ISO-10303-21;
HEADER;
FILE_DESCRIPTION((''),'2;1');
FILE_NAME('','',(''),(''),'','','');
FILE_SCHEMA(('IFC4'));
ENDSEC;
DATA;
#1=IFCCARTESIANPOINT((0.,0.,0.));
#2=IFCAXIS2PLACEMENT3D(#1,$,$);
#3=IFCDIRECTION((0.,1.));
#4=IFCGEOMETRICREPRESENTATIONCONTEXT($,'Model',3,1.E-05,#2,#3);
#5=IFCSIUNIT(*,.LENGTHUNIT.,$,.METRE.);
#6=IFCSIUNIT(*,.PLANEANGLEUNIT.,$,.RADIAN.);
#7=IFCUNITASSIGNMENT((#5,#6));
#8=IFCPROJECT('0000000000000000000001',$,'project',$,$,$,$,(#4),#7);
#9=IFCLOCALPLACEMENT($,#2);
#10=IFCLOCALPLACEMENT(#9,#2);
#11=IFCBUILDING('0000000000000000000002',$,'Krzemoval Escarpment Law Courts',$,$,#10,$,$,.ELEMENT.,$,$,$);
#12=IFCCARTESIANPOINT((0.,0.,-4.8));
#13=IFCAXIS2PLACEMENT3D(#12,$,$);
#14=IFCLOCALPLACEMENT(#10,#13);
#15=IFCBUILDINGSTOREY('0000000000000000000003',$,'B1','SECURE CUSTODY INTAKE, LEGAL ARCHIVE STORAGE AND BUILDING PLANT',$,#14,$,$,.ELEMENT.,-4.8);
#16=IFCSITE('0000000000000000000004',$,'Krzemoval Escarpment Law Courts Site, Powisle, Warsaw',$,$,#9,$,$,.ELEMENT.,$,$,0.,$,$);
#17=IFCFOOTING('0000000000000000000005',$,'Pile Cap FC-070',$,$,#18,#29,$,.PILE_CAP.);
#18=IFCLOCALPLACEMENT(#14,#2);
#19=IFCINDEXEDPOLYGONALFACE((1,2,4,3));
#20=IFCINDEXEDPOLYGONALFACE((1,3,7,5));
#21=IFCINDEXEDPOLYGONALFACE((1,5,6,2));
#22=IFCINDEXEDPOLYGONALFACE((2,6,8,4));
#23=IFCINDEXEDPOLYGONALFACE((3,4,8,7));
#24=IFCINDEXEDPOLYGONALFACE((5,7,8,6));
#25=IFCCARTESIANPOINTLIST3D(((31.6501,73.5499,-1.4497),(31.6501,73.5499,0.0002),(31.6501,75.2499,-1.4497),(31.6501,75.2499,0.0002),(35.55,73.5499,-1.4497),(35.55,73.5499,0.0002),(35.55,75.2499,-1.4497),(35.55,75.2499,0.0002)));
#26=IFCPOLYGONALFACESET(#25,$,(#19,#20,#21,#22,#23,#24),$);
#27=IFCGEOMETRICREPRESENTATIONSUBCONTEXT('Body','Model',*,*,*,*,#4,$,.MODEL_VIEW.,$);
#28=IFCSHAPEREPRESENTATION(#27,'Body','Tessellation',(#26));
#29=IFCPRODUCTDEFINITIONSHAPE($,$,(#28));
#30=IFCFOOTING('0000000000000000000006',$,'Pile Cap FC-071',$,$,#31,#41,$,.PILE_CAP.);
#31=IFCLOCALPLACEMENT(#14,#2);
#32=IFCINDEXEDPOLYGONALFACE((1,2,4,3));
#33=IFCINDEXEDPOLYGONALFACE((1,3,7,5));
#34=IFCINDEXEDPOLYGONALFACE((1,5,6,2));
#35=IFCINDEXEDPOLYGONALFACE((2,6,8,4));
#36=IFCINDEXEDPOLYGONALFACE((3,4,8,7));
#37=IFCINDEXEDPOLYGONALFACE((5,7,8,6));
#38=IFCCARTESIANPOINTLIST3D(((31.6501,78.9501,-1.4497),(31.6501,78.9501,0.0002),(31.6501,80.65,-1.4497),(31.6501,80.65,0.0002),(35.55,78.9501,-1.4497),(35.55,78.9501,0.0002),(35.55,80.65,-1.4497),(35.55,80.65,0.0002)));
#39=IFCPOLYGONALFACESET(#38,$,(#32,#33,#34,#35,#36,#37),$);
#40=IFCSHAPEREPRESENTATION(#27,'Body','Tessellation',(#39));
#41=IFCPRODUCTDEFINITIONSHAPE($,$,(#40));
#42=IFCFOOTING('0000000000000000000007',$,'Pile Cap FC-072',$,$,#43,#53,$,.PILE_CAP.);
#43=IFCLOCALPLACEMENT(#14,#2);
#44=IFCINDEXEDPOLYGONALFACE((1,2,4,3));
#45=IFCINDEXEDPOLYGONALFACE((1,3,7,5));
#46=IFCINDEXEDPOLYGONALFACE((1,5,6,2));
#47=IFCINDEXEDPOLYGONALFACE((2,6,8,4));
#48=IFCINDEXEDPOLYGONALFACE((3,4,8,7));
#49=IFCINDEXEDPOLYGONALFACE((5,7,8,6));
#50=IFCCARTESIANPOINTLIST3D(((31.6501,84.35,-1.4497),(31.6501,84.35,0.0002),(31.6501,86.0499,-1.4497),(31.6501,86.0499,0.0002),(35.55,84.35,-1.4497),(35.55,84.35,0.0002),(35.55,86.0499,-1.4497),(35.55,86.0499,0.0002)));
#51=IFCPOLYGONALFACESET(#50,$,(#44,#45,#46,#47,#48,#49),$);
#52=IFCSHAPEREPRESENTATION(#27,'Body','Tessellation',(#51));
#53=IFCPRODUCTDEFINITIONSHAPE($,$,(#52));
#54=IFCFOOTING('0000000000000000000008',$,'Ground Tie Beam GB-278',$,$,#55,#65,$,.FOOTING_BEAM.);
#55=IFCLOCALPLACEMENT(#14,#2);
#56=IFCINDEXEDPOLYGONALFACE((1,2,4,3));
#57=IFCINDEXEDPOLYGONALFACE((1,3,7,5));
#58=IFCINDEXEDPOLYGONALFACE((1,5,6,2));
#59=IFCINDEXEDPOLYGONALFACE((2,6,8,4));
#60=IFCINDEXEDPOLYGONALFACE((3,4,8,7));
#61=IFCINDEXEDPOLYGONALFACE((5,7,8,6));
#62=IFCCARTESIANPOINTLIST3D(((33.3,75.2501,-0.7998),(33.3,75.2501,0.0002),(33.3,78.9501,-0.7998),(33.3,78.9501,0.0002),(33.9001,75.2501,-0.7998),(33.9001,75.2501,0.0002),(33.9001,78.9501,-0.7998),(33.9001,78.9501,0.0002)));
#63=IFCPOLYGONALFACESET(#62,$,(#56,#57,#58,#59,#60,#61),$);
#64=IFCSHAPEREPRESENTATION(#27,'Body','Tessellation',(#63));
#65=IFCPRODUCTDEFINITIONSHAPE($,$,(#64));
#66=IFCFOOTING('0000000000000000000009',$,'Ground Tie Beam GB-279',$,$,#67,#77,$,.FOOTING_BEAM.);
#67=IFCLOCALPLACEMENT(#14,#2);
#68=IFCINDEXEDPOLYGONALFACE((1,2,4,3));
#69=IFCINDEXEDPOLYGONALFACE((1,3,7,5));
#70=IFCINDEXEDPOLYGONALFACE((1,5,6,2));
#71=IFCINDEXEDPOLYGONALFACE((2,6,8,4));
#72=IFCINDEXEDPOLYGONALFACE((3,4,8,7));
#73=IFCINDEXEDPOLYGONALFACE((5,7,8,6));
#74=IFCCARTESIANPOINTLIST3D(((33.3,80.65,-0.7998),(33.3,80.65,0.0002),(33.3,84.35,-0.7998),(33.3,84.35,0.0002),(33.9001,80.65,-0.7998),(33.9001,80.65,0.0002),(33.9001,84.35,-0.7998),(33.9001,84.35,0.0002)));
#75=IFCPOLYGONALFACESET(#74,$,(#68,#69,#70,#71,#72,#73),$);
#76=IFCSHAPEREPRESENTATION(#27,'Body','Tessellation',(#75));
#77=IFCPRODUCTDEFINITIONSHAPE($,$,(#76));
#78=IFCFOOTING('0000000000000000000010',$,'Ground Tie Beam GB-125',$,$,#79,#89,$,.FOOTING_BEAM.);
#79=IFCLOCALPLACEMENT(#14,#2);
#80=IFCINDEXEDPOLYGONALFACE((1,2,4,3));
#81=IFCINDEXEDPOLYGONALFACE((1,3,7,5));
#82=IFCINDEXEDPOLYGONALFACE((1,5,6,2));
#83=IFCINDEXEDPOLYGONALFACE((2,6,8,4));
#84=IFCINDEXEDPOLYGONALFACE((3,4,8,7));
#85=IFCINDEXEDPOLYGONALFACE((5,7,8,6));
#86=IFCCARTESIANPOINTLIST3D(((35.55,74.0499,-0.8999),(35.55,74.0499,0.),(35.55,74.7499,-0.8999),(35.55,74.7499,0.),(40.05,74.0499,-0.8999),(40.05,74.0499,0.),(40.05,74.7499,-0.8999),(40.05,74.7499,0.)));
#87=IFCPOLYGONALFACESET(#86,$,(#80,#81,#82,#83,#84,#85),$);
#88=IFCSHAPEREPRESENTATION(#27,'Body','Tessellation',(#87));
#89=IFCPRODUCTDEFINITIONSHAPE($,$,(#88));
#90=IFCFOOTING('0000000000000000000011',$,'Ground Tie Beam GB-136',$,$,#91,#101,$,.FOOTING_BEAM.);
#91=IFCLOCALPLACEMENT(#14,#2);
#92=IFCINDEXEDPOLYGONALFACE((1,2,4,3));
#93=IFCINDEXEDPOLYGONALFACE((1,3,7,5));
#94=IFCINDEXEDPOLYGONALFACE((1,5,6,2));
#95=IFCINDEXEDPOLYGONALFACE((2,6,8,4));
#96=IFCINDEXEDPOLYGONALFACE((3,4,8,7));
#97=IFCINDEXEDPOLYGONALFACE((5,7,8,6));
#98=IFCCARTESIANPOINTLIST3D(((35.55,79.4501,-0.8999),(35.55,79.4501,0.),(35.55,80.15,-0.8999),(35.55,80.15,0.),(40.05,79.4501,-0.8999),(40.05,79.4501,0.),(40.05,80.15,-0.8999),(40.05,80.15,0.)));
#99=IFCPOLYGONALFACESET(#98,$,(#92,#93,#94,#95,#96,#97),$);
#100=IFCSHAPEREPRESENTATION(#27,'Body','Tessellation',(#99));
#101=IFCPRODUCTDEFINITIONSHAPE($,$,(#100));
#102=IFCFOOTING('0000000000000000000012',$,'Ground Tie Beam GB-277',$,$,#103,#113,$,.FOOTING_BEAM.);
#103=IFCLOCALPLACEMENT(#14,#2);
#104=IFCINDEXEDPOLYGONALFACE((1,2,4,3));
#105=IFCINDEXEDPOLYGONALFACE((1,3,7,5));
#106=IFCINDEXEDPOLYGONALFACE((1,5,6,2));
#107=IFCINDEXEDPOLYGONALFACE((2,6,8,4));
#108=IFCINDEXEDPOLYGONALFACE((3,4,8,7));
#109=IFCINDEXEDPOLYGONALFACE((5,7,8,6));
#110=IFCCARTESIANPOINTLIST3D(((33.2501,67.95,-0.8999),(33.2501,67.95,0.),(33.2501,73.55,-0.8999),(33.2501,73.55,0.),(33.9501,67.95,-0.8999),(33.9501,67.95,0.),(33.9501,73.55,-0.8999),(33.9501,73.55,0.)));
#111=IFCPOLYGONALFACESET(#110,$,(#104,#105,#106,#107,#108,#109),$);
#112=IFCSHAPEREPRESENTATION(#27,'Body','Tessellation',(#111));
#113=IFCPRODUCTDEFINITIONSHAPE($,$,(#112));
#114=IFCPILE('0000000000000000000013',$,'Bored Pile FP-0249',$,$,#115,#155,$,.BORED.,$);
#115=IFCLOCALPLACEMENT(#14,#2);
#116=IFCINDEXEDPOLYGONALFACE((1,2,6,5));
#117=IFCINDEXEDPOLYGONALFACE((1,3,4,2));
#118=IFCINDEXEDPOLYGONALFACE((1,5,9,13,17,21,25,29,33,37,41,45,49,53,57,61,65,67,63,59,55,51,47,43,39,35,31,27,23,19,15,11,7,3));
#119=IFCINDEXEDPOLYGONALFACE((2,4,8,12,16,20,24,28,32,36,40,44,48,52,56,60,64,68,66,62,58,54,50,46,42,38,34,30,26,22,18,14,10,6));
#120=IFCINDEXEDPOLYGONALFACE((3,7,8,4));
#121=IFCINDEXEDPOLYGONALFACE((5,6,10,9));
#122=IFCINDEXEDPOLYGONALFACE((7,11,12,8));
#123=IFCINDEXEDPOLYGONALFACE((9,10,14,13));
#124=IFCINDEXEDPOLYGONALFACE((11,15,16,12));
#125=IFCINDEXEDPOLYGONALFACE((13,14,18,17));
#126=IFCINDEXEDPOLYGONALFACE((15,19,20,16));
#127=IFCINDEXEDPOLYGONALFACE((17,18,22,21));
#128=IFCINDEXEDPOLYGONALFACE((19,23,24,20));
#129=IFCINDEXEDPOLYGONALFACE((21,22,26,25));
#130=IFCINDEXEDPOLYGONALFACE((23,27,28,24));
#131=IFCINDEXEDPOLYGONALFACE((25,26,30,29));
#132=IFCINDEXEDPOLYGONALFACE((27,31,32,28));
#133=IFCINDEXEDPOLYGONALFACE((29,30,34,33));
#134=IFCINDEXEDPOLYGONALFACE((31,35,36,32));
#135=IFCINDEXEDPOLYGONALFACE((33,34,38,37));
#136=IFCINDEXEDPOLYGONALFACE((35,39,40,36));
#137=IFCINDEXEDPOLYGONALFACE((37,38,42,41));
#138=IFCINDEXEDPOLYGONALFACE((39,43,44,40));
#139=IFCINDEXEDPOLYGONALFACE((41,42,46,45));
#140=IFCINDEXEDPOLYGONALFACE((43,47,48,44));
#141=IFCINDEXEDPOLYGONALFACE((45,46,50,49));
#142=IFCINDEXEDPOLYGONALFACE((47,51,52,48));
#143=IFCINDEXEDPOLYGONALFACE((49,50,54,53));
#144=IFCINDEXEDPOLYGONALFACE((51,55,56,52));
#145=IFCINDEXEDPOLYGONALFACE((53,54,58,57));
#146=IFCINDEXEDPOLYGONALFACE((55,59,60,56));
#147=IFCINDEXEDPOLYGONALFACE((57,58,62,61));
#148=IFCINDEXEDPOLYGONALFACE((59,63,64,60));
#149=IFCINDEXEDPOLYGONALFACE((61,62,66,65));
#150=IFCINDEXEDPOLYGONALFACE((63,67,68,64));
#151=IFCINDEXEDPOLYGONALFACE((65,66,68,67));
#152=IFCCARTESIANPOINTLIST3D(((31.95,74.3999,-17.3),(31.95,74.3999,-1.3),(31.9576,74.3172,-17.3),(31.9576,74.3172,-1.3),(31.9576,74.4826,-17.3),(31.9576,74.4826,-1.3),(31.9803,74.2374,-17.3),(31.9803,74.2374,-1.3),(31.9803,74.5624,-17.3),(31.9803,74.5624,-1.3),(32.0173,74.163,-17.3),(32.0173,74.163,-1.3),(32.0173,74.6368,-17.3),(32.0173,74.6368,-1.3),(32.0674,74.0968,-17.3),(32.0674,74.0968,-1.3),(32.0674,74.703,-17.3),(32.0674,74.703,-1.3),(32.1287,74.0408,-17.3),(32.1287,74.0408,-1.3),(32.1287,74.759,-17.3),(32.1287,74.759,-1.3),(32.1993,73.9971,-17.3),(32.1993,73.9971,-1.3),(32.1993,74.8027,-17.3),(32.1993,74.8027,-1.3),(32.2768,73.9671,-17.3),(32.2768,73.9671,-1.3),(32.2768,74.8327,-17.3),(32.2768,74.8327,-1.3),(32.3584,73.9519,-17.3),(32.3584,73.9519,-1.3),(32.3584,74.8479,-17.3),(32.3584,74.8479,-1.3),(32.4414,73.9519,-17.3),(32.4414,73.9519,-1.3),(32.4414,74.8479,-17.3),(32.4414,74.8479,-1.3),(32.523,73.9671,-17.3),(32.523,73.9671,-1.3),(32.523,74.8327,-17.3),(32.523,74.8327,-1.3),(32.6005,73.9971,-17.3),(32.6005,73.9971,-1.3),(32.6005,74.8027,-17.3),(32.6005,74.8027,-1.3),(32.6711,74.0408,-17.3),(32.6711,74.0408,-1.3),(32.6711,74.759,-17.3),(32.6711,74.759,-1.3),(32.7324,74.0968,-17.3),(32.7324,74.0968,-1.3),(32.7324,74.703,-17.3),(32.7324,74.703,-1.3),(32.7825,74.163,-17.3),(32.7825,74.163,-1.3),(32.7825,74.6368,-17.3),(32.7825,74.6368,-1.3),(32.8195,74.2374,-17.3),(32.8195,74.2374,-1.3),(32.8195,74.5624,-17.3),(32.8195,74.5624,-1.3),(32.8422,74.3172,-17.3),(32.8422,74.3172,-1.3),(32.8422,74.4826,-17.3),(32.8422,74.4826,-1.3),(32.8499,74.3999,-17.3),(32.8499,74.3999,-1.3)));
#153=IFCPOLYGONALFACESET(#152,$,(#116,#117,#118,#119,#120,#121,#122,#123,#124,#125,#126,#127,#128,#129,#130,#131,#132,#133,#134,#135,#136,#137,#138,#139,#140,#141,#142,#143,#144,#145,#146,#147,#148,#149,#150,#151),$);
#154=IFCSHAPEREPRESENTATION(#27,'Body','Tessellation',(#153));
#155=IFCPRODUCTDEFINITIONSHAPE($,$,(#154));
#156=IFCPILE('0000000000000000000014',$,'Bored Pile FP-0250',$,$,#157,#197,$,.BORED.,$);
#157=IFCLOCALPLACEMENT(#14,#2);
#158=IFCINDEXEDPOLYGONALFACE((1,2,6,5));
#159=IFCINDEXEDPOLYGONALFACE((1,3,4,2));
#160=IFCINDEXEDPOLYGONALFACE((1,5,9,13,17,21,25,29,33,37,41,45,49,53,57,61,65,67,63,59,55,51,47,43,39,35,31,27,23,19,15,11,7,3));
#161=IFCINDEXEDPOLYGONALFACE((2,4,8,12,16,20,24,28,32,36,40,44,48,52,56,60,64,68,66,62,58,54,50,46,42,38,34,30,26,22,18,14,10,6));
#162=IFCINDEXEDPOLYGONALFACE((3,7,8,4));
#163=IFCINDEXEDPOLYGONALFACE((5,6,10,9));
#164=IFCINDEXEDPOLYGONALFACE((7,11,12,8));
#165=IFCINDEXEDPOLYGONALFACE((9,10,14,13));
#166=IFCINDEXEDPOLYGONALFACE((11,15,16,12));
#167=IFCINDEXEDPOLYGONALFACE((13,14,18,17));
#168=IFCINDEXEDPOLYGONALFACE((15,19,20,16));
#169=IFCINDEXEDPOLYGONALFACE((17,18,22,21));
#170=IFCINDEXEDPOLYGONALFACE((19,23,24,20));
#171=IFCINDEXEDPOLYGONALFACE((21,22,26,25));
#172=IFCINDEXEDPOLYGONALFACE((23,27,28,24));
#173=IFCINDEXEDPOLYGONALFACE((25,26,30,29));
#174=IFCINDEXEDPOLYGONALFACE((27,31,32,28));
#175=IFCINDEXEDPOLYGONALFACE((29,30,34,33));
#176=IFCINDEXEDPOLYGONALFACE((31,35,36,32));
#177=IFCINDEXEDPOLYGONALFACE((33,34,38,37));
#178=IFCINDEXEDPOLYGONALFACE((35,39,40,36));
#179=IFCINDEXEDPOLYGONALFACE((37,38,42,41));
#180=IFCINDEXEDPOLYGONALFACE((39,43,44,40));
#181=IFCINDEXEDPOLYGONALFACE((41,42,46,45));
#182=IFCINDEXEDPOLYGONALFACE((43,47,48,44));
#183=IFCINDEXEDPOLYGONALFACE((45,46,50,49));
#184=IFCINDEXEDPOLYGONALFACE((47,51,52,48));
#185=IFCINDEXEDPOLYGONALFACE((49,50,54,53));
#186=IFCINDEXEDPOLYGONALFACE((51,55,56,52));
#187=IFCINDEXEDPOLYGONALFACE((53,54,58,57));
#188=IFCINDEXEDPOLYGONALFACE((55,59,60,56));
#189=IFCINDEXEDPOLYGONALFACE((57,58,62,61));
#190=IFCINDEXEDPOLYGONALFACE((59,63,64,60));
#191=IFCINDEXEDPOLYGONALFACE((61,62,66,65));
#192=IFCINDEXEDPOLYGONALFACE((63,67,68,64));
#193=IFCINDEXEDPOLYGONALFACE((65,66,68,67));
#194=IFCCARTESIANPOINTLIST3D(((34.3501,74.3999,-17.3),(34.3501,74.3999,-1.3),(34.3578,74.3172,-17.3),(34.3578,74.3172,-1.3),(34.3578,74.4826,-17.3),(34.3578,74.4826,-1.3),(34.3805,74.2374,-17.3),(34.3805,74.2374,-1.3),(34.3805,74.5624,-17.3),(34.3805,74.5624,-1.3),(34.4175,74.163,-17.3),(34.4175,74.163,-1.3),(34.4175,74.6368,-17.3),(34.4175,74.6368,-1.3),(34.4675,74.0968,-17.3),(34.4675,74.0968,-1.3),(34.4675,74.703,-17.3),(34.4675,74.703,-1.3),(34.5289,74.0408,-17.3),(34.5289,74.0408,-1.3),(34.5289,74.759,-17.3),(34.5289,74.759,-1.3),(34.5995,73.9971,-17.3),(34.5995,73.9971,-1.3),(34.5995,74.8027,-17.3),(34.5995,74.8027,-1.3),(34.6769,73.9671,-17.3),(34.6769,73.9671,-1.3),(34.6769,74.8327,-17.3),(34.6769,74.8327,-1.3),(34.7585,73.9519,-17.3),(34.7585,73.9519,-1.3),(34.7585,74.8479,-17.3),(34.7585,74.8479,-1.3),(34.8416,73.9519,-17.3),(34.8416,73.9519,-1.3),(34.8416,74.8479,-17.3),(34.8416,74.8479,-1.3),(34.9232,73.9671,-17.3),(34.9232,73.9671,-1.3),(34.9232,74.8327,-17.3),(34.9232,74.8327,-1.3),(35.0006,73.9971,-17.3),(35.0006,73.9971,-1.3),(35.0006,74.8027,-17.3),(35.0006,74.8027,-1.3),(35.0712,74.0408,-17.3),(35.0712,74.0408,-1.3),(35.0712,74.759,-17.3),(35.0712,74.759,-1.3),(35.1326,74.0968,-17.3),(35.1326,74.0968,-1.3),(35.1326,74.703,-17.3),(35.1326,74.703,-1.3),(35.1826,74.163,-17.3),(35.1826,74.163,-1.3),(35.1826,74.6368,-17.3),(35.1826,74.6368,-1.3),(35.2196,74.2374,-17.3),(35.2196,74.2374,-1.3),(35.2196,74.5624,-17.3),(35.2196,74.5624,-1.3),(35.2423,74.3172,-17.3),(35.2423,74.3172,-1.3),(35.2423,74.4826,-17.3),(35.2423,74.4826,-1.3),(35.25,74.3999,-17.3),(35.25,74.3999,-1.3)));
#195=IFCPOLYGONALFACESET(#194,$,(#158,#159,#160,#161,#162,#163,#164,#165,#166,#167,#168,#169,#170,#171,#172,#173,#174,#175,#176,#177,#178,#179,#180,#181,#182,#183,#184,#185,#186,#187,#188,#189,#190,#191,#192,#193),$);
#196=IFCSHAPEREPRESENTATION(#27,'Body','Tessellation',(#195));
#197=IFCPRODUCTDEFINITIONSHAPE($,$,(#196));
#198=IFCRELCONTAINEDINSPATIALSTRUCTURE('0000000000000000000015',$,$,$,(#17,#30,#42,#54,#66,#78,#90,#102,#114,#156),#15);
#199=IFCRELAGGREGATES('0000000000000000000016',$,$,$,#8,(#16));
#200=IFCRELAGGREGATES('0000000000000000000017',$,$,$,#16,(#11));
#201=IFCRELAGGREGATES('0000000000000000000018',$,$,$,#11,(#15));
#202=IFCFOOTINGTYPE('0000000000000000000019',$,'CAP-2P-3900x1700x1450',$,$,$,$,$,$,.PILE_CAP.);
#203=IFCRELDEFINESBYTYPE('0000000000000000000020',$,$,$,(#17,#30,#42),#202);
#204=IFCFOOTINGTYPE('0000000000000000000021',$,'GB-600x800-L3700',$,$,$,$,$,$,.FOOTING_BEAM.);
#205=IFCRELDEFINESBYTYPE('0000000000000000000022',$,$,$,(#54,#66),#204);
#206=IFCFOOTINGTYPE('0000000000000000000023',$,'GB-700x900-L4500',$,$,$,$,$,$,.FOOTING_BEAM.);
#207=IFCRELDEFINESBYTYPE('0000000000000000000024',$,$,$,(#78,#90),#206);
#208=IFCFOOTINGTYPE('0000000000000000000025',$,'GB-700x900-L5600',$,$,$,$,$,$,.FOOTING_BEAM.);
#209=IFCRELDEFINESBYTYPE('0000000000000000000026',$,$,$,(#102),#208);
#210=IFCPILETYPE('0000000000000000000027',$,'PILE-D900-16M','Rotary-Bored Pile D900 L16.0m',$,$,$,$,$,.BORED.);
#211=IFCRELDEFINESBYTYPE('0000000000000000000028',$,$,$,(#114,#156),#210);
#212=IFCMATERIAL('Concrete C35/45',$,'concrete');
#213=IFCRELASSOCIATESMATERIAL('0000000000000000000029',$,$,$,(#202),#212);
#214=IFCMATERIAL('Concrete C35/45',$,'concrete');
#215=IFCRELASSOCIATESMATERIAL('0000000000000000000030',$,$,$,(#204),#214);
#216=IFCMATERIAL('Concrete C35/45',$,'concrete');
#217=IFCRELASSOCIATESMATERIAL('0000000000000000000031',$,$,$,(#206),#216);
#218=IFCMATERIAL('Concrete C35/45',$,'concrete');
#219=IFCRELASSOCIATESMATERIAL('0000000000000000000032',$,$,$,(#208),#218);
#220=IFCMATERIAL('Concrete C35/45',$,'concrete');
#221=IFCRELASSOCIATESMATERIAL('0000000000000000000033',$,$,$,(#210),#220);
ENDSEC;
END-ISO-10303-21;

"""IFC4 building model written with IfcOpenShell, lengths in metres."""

from ifc_helpers import new_model, si_unit, direction, frame, origin, origin_2d, place, context, subcontext, project, spatial, rectangle, circle, extrude, material, material_profile, profile_set, type_object, element, save


model = new_model("IFC4")

# Units and contexts
model_context = context("Model", 3, precision=1e-05, world=origin(), true_north=direction((0.0, 1.0)))
body_context = subcontext(model_context, "Body", "Model", "MODEL_VIEW")
ifc_project = project(units=[si_unit("LENGTHUNIT", "METRE"), si_unit("PLANEANGLEUNIT", "RADIAN")], contexts=[model_context])

# Site, building, storey
site_placement = place(None, origin())
site = spatial("IfcSite", under=ifc_project, at=site_placement, Name="Krzemoval Escarpment Law Courts Site, Powisle, Warsaw", CompositionType="ELEMENT", RefElevation=0.0)
building_placement = place(site_placement, origin())
building = spatial("IfcBuilding", under=site, at=building_placement, Name="Krzemoval Escarpment Law Courts", CompositionType="ELEMENT")
storey_placement = place(building_placement, frame((0.0, 0.0, -4.8)))
storey = spatial("IfcBuildingStorey", under=building, at=storey_placement, Name="B1", Description="SECURE CUSTODY INTAKE, LEGAL ARCHIVE STORAGE AND BUILDING PLANT", CompositionType="ELEMENT", Elevation=-4.8)

# Footings
ifc_material_1 = material(Name="Concrete C35/45", Category="concrete")
footing_type_1 = type_object("IfcFootingType", Name="CAP-2P-3900x1700x1450", PredefinedType="PILE_CAP", material=ifc_material_1)
for number, where, z_axis, x_axis, name in (
    (1, (33.6001, 74.3999, -1.4497), (0.0, 0.0, 1.0), (1.0, 0.0, 0.0), "Pile Cap FC-070"),
    (2, (33.6001, 79.8, -1.4497), (0.0, 0.0, 1.0), (1.0, 0.0, 0.0), "Pile Cap FC-071"),
    (3, (33.6001, 85.2, -1.4497), (0.0, 0.0, 1.0), (1.0, 0.0, 0.0), "Pile Cap FC-072"),
):
    element("IfcFooting", number, at=place(storey_placement, frame(where, z_axis=z_axis, x_axis=x_axis)), inside=storey, type_object=footing_type_1, Name=name, PredefinedType="PILE_CAP", context=body_context, shape_type="SweptSolid", body=[
        extrude(rectangle(XDim=3.8999, YDim=1.7, at=origin_2d()), origin(), (0.0, 0.0, 1.0), 1.45),
    ])
ifc_material_2 = material(Name="Concrete C35/45", Category="concrete")
footing_type_2 = type_object("IfcFootingType", Name="GB-600x800-L3700", PredefinedType="FOOTING_BEAM", material=ifc_material_2)
for number, where, z_axis, x_axis, name in (
    (4, (33.6001, 77.1001, -0.7998), (0.0, 0.0, 1.0), (0.0, 1.0, 0.0), "Ground Tie Beam GB-278"),
    (5, (33.6001, 82.5, -0.7998), (0.0, 0.0, 1.0), (0.0, 1.0, 0.0), "Ground Tie Beam GB-279"),
):
    element("IfcFooting", number, at=place(storey_placement, frame(where, z_axis=z_axis, x_axis=x_axis)), inside=storey, type_object=footing_type_2, Name=name, PredefinedType="FOOTING_BEAM", context=body_context, shape_type="SweptSolid", body=[
        extrude(rectangle(XDim=3.7, YDim=0.6001, at=origin_2d()), origin(), (0.0, 0.0, 1.0), 0.8),
    ])
ifc_material_3 = material(Name="Concrete C35/45", Category="concrete")
footing_type_3 = type_object("IfcFootingType", Name="GB-700x900-L4500", PredefinedType="FOOTING_BEAM", material=ifc_material_3)
for number, where, z_axis, x_axis, name in (
    (6, (37.8, 74.3999, -0.8999), (0.0, 0.0, 1.0), (1.0, 0.0, 0.0), "Ground Tie Beam GB-125"),
    (7, (37.8, 79.8, -0.8999), (0.0, 0.0, 1.0), (1.0, 0.0, 0.0), "Ground Tie Beam GB-136"),
):
    element("IfcFooting", number, at=place(storey_placement, frame(where, z_axis=z_axis, x_axis=x_axis)), inside=storey, type_object=footing_type_3, Name=name, PredefinedType="FOOTING_BEAM", context=body_context, shape_type="SweptSolid", body=[
        extrude(rectangle(XDim=4.5, YDim=0.7, at=origin_2d()), origin(), (0.0, 0.0, 1.0), 0.8999),
    ])
ifc_material_4 = material(Name="Concrete C35/45", Category="concrete")
footing_type_4 = type_object("IfcFootingType", Name="GB-700x900-L5600", PredefinedType="FOOTING_BEAM", material=ifc_material_4)
footing_placement = place(storey_placement, frame((33.6001, 70.75, -0.8999), z_axis=(0.0, 0.0, 1.0), x_axis=(0.0, 1.0, 0.0)))
element("IfcFooting", 8, at=footing_placement, inside=storey, type_object=footing_type_4, Name="Ground Tie Beam GB-277", PredefinedType="FOOTING_BEAM", context=body_context, shape_type="SweptSolid", body=[
    extrude(rectangle(XDim=5.6001, YDim=0.7, at=origin_2d()), origin(), (0.0, 0.0, 1.0), 0.8999),
])

# Piles
ifc_material_5 = material(Name="Concrete C35/45", Category="concrete")
ifc_material_profile_1 = material_profile(ifc_material_5, circle(Radius=0.45, at=origin_2d()), Name="PILE D900")
ifc_profile_set_1 = profile_set([ifc_material_profile_1], Name="Concrete C35/45")
pile_type = type_object("IfcPileType", Name="PILE-D900-16M", Description="Rotary-Bored Pile D900 L16.0m", PredefinedType="BORED", material=ifc_profile_set_1)
for number, where, z_axis, x_axis, name in (
    (9, (32.3999, 74.3999, -1.3), (0.0, 0.0, -1.0), (1.0, 0.0, 0.0), "Bored Pile FP-0249"),
    (10, (34.8, 74.3999, -1.3), (0.0, 0.0, -1.0), (1.0, 0.0, 0.0), "Bored Pile FP-0250"),
):
    element("IfcPile", number, at=place(storey_placement, frame(where, z_axis=z_axis, x_axis=x_axis)), inside=storey, type_object=pile_type, Name=name, PredefinedType="BORED", context=body_context, shape_type="SweptSolid", body=[
        extrude(circle(Radius=0.45, at=origin_2d()), origin(), (0.0, 0.0, 1.0), 16.0),
    ])

save(model, "model.ifc")
